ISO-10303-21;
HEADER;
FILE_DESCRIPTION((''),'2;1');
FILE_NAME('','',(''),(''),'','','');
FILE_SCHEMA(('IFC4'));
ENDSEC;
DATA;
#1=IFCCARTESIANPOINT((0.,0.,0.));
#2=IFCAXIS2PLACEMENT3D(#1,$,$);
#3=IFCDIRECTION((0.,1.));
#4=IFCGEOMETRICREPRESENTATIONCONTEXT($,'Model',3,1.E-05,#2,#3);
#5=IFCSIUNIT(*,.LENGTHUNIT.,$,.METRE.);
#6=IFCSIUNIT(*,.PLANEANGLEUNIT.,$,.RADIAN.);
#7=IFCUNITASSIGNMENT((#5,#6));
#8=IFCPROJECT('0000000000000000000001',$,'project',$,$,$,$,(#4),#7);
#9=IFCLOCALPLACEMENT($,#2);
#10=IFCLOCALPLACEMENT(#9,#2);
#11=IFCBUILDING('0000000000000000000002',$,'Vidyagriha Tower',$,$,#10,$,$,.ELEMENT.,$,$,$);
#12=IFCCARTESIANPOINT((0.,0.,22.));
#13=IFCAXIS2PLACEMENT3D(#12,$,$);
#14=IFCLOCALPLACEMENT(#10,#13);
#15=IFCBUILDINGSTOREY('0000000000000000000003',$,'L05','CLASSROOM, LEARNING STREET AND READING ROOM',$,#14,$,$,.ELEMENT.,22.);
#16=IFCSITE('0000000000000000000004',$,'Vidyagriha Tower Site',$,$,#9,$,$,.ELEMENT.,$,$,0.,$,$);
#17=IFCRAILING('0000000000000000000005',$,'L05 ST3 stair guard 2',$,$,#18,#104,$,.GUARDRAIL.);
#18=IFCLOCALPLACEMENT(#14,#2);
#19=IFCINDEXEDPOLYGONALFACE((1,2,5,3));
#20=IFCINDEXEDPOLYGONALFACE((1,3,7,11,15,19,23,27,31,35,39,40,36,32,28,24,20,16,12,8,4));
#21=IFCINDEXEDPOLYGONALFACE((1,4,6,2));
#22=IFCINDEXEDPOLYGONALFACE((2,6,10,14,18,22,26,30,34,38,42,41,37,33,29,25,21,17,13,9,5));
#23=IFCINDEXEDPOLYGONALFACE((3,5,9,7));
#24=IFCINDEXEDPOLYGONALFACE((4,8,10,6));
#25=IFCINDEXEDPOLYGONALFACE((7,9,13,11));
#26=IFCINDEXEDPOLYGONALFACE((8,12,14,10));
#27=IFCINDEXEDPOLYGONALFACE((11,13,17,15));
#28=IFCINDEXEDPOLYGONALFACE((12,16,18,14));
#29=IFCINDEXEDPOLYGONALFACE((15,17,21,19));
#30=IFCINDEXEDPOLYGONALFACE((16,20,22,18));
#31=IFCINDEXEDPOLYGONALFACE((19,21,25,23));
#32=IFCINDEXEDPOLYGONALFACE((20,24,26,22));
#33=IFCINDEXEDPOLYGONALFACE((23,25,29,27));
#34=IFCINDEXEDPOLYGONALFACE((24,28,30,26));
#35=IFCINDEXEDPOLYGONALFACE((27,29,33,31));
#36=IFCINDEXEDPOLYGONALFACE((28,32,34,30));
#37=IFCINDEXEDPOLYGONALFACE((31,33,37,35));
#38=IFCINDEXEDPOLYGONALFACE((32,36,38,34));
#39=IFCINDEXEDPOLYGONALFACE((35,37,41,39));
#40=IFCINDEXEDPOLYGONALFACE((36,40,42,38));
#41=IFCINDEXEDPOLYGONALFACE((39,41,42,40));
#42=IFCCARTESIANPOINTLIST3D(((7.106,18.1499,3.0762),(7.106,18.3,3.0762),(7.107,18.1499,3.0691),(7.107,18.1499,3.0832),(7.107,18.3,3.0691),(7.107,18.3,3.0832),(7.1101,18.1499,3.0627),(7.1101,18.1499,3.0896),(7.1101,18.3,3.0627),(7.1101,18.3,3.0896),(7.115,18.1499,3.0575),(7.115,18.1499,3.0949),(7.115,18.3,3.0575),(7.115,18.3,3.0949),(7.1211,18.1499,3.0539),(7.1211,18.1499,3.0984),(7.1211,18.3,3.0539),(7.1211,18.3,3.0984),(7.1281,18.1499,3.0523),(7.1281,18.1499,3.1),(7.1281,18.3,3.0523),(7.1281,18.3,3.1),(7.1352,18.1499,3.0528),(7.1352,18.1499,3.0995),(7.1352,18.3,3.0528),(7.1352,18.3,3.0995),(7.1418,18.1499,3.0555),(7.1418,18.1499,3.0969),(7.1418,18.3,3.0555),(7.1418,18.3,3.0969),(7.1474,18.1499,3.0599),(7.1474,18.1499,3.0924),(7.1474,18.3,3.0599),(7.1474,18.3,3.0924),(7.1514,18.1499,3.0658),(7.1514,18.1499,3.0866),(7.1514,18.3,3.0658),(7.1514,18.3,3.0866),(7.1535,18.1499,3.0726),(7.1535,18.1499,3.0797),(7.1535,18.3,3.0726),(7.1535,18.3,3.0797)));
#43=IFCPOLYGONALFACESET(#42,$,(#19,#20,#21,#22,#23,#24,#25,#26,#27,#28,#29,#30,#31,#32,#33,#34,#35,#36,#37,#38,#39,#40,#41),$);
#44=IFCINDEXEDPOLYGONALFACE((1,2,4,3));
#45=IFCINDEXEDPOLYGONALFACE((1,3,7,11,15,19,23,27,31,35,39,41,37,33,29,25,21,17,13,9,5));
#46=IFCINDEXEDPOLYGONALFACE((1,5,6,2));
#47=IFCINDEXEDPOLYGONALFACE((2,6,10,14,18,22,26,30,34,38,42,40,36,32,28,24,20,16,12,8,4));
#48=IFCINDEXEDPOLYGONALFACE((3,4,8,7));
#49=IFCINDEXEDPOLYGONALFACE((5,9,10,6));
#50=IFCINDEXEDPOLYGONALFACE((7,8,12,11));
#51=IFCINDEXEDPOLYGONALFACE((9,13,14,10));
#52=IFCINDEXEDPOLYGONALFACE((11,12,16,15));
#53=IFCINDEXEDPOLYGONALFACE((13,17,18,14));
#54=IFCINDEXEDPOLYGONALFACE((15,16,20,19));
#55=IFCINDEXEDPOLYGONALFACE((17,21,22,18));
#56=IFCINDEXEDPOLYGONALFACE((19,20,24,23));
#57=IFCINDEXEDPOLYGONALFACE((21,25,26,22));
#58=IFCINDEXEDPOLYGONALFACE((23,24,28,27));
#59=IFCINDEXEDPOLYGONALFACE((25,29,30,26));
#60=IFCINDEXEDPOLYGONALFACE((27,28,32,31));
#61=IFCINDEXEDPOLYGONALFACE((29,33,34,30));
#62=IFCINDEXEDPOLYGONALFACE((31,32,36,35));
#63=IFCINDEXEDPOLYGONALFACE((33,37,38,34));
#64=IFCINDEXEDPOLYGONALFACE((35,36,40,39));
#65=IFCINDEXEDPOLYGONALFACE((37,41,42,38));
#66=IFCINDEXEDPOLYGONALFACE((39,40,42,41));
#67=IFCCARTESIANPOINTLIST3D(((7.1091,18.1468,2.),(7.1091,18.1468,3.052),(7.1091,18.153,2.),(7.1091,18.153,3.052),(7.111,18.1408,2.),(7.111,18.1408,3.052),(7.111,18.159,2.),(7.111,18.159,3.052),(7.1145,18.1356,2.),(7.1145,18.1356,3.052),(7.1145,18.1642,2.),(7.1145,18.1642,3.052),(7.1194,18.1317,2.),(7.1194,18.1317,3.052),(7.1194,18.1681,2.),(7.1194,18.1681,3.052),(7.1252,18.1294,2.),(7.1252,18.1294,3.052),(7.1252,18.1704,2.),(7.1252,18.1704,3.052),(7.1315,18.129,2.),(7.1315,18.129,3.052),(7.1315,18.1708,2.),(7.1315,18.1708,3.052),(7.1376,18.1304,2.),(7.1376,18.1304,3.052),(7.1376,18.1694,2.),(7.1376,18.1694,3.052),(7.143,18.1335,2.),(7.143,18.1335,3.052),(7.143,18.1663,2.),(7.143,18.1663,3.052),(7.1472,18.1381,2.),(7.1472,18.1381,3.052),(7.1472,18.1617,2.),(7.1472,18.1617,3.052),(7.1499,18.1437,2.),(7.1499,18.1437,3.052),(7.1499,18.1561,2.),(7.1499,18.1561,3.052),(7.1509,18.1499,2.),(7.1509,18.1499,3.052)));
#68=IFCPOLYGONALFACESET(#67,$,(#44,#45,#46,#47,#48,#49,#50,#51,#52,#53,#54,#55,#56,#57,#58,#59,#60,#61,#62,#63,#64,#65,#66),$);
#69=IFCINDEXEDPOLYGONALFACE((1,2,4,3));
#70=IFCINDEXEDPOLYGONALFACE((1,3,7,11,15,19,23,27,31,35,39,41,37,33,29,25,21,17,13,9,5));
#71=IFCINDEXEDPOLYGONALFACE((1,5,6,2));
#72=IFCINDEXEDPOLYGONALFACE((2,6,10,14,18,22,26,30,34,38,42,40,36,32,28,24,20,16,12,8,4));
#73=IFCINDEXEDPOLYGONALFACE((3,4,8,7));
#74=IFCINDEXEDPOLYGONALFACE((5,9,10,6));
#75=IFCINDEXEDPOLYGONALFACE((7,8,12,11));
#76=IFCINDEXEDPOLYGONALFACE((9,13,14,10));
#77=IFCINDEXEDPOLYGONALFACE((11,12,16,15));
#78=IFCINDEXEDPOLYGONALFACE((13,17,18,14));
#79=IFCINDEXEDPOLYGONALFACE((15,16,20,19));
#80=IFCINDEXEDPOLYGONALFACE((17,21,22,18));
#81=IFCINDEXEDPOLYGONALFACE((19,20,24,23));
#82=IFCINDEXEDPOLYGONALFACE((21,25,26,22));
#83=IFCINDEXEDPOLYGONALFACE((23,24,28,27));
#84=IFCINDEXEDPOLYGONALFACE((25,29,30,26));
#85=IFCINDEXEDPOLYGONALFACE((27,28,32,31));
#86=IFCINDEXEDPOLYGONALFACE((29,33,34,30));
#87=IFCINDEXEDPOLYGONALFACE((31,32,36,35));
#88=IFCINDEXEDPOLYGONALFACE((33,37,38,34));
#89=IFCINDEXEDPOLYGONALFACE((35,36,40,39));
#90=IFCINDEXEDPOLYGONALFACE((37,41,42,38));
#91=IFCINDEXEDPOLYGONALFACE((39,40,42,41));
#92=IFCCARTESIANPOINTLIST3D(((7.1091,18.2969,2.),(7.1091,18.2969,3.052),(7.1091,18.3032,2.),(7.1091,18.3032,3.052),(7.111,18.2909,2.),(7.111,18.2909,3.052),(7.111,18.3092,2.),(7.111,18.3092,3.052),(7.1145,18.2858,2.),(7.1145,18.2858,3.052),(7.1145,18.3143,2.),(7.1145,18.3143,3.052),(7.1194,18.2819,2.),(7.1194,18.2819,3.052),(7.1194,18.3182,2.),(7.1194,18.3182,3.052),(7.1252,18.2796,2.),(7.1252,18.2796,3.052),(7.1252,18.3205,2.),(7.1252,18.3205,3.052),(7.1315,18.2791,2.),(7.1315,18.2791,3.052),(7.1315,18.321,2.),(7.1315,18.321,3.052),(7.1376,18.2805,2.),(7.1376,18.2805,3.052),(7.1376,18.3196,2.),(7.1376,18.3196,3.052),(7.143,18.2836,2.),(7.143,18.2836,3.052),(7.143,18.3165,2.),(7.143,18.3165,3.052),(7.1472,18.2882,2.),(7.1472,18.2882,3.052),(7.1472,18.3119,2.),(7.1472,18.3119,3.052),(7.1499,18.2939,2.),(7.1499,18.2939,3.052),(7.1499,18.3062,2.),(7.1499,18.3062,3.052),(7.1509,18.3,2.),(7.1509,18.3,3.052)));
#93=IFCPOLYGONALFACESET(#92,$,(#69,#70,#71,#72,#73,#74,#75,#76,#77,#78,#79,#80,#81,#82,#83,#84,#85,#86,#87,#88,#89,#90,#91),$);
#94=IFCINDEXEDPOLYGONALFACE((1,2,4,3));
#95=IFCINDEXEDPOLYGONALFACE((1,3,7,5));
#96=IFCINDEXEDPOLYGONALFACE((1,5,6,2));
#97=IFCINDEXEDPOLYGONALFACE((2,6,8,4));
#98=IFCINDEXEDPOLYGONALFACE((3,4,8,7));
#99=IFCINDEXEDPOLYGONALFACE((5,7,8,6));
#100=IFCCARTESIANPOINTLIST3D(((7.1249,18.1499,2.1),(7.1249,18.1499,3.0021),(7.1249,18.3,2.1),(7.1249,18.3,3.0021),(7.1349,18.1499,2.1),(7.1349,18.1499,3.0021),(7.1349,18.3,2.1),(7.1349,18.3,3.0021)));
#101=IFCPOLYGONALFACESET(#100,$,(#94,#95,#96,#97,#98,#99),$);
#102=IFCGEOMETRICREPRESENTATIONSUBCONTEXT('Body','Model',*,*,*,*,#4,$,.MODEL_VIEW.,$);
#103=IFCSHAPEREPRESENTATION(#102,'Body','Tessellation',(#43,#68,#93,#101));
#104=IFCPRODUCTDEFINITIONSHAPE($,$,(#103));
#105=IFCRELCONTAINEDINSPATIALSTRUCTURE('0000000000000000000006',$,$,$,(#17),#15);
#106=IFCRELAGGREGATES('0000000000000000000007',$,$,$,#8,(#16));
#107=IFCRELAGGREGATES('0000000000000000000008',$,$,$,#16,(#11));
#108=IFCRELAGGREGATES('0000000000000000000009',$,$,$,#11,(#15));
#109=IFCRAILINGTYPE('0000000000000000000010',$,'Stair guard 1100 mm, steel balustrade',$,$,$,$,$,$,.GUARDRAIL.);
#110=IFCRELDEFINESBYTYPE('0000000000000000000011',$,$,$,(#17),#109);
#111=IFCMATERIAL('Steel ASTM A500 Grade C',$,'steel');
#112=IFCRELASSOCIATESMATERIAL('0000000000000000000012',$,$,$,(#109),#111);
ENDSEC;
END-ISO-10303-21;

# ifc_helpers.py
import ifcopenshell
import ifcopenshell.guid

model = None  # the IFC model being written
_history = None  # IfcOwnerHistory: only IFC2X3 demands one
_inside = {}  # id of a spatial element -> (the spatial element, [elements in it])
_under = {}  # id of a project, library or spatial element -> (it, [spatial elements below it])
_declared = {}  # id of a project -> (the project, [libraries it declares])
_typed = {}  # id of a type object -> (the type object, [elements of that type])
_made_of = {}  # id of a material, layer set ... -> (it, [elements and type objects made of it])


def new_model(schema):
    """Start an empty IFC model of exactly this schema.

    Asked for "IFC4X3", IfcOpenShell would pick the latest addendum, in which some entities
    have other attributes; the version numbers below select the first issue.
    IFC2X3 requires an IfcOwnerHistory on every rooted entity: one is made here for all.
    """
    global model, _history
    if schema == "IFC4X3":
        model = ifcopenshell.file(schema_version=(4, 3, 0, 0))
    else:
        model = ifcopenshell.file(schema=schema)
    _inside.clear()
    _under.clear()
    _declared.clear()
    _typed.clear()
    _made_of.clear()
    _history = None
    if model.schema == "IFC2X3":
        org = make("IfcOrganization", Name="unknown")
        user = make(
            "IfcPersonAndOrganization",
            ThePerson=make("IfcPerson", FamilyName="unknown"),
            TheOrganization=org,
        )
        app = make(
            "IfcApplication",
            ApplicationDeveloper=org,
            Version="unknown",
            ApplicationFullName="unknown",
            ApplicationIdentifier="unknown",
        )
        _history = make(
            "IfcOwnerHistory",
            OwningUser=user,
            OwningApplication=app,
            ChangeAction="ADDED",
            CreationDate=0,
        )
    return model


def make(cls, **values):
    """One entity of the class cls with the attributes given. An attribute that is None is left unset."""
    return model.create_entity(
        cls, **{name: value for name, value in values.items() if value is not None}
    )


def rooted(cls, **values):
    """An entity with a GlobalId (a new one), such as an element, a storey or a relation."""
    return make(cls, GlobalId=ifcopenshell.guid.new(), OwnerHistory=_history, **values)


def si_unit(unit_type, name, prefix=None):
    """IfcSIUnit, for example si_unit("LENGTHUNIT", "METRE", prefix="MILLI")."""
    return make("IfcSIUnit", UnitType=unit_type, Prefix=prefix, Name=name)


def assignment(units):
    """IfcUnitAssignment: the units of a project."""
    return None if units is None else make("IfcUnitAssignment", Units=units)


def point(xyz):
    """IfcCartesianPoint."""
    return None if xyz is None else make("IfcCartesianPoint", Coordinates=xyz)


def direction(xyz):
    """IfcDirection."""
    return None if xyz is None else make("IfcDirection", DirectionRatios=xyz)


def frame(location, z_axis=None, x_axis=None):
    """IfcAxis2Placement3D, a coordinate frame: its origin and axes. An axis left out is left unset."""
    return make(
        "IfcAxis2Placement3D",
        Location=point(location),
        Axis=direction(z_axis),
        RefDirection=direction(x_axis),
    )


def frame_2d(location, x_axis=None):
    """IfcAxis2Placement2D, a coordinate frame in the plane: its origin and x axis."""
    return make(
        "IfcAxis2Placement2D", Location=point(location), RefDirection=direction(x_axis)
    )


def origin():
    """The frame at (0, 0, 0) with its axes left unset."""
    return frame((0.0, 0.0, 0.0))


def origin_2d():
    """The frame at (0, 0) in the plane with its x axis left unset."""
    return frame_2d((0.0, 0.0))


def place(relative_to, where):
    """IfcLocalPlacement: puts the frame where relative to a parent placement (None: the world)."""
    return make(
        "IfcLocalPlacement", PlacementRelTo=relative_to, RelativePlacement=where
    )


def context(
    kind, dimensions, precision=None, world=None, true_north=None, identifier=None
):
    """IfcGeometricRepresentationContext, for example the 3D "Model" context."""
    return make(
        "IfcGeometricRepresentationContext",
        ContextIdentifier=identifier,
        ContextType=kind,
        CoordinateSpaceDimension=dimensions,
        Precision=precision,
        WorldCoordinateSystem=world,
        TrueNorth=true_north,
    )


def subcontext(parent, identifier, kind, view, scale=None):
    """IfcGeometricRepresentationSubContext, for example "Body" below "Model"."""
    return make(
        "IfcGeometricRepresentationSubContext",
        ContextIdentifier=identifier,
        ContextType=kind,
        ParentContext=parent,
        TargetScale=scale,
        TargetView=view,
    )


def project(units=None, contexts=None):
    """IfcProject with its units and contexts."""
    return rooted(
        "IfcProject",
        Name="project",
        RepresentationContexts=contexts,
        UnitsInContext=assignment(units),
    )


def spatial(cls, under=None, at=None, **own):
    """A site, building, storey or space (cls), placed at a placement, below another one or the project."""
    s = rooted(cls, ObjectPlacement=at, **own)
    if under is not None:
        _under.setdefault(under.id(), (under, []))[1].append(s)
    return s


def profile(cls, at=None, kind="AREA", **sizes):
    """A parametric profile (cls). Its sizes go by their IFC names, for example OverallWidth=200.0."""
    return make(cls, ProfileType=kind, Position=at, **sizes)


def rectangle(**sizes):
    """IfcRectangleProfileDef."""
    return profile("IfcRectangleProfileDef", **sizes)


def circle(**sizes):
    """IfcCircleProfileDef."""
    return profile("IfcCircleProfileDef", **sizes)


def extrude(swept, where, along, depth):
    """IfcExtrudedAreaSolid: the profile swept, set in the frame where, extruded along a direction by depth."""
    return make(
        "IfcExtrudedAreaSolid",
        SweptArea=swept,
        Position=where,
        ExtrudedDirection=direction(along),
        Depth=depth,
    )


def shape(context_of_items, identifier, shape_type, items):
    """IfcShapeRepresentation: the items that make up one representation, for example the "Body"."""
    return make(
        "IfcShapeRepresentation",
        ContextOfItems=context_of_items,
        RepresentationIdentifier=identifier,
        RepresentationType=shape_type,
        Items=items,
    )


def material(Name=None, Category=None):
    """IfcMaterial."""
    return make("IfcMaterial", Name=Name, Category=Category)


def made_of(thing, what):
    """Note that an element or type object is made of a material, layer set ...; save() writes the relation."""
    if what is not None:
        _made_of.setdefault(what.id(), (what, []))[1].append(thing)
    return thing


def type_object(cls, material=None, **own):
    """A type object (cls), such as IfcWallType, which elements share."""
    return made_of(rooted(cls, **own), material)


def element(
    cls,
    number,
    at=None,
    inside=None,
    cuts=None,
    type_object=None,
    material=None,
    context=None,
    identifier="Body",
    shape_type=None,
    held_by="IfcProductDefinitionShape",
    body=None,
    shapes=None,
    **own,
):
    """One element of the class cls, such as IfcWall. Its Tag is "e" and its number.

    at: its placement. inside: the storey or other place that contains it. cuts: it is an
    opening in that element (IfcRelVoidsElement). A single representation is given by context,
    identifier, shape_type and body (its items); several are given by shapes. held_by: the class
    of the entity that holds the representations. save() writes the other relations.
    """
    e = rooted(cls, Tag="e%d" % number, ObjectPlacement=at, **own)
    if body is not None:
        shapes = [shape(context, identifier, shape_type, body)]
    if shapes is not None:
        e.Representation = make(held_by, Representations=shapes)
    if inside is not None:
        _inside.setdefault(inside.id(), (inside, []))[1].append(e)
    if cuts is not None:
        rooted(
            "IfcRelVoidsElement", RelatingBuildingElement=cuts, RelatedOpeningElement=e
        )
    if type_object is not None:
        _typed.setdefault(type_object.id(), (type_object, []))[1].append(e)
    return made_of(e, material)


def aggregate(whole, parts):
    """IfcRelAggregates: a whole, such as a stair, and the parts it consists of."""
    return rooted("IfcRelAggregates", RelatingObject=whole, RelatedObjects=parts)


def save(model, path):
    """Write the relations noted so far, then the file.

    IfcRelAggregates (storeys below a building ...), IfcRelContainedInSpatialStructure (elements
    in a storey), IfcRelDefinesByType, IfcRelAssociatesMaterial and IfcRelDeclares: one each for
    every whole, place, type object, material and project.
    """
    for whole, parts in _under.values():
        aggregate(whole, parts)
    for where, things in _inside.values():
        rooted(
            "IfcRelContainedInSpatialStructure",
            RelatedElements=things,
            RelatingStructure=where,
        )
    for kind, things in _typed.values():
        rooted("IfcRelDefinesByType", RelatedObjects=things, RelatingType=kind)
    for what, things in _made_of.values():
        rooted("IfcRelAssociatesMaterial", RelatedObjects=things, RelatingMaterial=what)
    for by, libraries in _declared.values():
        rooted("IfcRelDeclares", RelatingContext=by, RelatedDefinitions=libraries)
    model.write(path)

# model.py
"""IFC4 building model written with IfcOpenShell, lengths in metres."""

from ifc_helpers import new_model, si_unit, direction, frame, origin, origin_2d, place, context, subcontext, project, spatial, rectangle, circle, extrude, material, type_object, element, save


model = new_model("IFC4")

# Units and contexts
model_context = context("Model", 3, precision=1e-05, world=origin(), true_north=direction((0.0, 1.0)))
body_context = subcontext(model_context, "Body", "Model", "MODEL_VIEW")
ifc_project = project(units=[si_unit("LENGTHUNIT", "METRE"), si_unit("PLANEANGLEUNIT", "RADIAN")], contexts=[model_context])

# Site, building, storey
site_placement = place(None, origin())
site = spatial("IfcSite", under=ifc_project, at=site_placement, Name="Vidyagriha Tower Site", CompositionType="ELEMENT", RefElevation=0.0)
building_placement = place(site_placement, origin())
building = spatial("IfcBuilding", under=site, at=building_placement, Name="Vidyagriha Tower", CompositionType="ELEMENT")
storey_placement = place(building_placement, frame((0.0, 0.0, 22.0)))
storey = spatial("IfcBuildingStorey", under=building, at=storey_placement, Name="L05", Description="CLASSROOM, LEARNING STREET AND READING ROOM", CompositionType="ELEMENT", Elevation=22.0)

# Railing
ifc_material_1 = material(Name="Steel ASTM A500 Grade C", Category="steel")
railing_type_1 = type_object("IfcRailingType", Name="Stair guard 1100 mm, steel balustrade", PredefinedType="GUARDRAIL", material=ifc_material_1)
railing_1_placement = place(storey_placement, frame((7.1299, 18.1499, 2.0)))
element("IfcRailing", 1, at=railing_1_placement, inside=storey, type_object=railing_type_1, Name="L05 ST3 stair guard 2", PredefinedType="GUARDRAIL", context=body_context, shape_type="SweptSolid", body=[
    extrude(circle(Radius=0.0239, at=origin_2d()), frame((0.0, 0.0, 1.0762), z_axis=(0.0, 1.0, 0.0), x_axis=(-1.0, 0.0, 0.0)), (0.0, 0.0, 1.0), 0.1501),
    extrude(circle(Radius=0.021, at=origin_2d()), origin(), (0.0, 0.0, 1.0), 1.052),
    extrude(circle(Radius=0.021, at=origin_2d()), frame((0.0, 0.1501, 0.0)), (0.0, 0.0, 1.0), 1.052),
    extrude(rectangle(XDim=0.01, YDim=0.9021, at=origin_2d()), frame((0.0, 0.0, 0.551), z_axis=(0.0, 1.0, 0.0), x_axis=(-1.0, 0.0, 0.0)), (0.0, 0.0, 1.0), 0.1501),
])

save(model, "model.ifc")
